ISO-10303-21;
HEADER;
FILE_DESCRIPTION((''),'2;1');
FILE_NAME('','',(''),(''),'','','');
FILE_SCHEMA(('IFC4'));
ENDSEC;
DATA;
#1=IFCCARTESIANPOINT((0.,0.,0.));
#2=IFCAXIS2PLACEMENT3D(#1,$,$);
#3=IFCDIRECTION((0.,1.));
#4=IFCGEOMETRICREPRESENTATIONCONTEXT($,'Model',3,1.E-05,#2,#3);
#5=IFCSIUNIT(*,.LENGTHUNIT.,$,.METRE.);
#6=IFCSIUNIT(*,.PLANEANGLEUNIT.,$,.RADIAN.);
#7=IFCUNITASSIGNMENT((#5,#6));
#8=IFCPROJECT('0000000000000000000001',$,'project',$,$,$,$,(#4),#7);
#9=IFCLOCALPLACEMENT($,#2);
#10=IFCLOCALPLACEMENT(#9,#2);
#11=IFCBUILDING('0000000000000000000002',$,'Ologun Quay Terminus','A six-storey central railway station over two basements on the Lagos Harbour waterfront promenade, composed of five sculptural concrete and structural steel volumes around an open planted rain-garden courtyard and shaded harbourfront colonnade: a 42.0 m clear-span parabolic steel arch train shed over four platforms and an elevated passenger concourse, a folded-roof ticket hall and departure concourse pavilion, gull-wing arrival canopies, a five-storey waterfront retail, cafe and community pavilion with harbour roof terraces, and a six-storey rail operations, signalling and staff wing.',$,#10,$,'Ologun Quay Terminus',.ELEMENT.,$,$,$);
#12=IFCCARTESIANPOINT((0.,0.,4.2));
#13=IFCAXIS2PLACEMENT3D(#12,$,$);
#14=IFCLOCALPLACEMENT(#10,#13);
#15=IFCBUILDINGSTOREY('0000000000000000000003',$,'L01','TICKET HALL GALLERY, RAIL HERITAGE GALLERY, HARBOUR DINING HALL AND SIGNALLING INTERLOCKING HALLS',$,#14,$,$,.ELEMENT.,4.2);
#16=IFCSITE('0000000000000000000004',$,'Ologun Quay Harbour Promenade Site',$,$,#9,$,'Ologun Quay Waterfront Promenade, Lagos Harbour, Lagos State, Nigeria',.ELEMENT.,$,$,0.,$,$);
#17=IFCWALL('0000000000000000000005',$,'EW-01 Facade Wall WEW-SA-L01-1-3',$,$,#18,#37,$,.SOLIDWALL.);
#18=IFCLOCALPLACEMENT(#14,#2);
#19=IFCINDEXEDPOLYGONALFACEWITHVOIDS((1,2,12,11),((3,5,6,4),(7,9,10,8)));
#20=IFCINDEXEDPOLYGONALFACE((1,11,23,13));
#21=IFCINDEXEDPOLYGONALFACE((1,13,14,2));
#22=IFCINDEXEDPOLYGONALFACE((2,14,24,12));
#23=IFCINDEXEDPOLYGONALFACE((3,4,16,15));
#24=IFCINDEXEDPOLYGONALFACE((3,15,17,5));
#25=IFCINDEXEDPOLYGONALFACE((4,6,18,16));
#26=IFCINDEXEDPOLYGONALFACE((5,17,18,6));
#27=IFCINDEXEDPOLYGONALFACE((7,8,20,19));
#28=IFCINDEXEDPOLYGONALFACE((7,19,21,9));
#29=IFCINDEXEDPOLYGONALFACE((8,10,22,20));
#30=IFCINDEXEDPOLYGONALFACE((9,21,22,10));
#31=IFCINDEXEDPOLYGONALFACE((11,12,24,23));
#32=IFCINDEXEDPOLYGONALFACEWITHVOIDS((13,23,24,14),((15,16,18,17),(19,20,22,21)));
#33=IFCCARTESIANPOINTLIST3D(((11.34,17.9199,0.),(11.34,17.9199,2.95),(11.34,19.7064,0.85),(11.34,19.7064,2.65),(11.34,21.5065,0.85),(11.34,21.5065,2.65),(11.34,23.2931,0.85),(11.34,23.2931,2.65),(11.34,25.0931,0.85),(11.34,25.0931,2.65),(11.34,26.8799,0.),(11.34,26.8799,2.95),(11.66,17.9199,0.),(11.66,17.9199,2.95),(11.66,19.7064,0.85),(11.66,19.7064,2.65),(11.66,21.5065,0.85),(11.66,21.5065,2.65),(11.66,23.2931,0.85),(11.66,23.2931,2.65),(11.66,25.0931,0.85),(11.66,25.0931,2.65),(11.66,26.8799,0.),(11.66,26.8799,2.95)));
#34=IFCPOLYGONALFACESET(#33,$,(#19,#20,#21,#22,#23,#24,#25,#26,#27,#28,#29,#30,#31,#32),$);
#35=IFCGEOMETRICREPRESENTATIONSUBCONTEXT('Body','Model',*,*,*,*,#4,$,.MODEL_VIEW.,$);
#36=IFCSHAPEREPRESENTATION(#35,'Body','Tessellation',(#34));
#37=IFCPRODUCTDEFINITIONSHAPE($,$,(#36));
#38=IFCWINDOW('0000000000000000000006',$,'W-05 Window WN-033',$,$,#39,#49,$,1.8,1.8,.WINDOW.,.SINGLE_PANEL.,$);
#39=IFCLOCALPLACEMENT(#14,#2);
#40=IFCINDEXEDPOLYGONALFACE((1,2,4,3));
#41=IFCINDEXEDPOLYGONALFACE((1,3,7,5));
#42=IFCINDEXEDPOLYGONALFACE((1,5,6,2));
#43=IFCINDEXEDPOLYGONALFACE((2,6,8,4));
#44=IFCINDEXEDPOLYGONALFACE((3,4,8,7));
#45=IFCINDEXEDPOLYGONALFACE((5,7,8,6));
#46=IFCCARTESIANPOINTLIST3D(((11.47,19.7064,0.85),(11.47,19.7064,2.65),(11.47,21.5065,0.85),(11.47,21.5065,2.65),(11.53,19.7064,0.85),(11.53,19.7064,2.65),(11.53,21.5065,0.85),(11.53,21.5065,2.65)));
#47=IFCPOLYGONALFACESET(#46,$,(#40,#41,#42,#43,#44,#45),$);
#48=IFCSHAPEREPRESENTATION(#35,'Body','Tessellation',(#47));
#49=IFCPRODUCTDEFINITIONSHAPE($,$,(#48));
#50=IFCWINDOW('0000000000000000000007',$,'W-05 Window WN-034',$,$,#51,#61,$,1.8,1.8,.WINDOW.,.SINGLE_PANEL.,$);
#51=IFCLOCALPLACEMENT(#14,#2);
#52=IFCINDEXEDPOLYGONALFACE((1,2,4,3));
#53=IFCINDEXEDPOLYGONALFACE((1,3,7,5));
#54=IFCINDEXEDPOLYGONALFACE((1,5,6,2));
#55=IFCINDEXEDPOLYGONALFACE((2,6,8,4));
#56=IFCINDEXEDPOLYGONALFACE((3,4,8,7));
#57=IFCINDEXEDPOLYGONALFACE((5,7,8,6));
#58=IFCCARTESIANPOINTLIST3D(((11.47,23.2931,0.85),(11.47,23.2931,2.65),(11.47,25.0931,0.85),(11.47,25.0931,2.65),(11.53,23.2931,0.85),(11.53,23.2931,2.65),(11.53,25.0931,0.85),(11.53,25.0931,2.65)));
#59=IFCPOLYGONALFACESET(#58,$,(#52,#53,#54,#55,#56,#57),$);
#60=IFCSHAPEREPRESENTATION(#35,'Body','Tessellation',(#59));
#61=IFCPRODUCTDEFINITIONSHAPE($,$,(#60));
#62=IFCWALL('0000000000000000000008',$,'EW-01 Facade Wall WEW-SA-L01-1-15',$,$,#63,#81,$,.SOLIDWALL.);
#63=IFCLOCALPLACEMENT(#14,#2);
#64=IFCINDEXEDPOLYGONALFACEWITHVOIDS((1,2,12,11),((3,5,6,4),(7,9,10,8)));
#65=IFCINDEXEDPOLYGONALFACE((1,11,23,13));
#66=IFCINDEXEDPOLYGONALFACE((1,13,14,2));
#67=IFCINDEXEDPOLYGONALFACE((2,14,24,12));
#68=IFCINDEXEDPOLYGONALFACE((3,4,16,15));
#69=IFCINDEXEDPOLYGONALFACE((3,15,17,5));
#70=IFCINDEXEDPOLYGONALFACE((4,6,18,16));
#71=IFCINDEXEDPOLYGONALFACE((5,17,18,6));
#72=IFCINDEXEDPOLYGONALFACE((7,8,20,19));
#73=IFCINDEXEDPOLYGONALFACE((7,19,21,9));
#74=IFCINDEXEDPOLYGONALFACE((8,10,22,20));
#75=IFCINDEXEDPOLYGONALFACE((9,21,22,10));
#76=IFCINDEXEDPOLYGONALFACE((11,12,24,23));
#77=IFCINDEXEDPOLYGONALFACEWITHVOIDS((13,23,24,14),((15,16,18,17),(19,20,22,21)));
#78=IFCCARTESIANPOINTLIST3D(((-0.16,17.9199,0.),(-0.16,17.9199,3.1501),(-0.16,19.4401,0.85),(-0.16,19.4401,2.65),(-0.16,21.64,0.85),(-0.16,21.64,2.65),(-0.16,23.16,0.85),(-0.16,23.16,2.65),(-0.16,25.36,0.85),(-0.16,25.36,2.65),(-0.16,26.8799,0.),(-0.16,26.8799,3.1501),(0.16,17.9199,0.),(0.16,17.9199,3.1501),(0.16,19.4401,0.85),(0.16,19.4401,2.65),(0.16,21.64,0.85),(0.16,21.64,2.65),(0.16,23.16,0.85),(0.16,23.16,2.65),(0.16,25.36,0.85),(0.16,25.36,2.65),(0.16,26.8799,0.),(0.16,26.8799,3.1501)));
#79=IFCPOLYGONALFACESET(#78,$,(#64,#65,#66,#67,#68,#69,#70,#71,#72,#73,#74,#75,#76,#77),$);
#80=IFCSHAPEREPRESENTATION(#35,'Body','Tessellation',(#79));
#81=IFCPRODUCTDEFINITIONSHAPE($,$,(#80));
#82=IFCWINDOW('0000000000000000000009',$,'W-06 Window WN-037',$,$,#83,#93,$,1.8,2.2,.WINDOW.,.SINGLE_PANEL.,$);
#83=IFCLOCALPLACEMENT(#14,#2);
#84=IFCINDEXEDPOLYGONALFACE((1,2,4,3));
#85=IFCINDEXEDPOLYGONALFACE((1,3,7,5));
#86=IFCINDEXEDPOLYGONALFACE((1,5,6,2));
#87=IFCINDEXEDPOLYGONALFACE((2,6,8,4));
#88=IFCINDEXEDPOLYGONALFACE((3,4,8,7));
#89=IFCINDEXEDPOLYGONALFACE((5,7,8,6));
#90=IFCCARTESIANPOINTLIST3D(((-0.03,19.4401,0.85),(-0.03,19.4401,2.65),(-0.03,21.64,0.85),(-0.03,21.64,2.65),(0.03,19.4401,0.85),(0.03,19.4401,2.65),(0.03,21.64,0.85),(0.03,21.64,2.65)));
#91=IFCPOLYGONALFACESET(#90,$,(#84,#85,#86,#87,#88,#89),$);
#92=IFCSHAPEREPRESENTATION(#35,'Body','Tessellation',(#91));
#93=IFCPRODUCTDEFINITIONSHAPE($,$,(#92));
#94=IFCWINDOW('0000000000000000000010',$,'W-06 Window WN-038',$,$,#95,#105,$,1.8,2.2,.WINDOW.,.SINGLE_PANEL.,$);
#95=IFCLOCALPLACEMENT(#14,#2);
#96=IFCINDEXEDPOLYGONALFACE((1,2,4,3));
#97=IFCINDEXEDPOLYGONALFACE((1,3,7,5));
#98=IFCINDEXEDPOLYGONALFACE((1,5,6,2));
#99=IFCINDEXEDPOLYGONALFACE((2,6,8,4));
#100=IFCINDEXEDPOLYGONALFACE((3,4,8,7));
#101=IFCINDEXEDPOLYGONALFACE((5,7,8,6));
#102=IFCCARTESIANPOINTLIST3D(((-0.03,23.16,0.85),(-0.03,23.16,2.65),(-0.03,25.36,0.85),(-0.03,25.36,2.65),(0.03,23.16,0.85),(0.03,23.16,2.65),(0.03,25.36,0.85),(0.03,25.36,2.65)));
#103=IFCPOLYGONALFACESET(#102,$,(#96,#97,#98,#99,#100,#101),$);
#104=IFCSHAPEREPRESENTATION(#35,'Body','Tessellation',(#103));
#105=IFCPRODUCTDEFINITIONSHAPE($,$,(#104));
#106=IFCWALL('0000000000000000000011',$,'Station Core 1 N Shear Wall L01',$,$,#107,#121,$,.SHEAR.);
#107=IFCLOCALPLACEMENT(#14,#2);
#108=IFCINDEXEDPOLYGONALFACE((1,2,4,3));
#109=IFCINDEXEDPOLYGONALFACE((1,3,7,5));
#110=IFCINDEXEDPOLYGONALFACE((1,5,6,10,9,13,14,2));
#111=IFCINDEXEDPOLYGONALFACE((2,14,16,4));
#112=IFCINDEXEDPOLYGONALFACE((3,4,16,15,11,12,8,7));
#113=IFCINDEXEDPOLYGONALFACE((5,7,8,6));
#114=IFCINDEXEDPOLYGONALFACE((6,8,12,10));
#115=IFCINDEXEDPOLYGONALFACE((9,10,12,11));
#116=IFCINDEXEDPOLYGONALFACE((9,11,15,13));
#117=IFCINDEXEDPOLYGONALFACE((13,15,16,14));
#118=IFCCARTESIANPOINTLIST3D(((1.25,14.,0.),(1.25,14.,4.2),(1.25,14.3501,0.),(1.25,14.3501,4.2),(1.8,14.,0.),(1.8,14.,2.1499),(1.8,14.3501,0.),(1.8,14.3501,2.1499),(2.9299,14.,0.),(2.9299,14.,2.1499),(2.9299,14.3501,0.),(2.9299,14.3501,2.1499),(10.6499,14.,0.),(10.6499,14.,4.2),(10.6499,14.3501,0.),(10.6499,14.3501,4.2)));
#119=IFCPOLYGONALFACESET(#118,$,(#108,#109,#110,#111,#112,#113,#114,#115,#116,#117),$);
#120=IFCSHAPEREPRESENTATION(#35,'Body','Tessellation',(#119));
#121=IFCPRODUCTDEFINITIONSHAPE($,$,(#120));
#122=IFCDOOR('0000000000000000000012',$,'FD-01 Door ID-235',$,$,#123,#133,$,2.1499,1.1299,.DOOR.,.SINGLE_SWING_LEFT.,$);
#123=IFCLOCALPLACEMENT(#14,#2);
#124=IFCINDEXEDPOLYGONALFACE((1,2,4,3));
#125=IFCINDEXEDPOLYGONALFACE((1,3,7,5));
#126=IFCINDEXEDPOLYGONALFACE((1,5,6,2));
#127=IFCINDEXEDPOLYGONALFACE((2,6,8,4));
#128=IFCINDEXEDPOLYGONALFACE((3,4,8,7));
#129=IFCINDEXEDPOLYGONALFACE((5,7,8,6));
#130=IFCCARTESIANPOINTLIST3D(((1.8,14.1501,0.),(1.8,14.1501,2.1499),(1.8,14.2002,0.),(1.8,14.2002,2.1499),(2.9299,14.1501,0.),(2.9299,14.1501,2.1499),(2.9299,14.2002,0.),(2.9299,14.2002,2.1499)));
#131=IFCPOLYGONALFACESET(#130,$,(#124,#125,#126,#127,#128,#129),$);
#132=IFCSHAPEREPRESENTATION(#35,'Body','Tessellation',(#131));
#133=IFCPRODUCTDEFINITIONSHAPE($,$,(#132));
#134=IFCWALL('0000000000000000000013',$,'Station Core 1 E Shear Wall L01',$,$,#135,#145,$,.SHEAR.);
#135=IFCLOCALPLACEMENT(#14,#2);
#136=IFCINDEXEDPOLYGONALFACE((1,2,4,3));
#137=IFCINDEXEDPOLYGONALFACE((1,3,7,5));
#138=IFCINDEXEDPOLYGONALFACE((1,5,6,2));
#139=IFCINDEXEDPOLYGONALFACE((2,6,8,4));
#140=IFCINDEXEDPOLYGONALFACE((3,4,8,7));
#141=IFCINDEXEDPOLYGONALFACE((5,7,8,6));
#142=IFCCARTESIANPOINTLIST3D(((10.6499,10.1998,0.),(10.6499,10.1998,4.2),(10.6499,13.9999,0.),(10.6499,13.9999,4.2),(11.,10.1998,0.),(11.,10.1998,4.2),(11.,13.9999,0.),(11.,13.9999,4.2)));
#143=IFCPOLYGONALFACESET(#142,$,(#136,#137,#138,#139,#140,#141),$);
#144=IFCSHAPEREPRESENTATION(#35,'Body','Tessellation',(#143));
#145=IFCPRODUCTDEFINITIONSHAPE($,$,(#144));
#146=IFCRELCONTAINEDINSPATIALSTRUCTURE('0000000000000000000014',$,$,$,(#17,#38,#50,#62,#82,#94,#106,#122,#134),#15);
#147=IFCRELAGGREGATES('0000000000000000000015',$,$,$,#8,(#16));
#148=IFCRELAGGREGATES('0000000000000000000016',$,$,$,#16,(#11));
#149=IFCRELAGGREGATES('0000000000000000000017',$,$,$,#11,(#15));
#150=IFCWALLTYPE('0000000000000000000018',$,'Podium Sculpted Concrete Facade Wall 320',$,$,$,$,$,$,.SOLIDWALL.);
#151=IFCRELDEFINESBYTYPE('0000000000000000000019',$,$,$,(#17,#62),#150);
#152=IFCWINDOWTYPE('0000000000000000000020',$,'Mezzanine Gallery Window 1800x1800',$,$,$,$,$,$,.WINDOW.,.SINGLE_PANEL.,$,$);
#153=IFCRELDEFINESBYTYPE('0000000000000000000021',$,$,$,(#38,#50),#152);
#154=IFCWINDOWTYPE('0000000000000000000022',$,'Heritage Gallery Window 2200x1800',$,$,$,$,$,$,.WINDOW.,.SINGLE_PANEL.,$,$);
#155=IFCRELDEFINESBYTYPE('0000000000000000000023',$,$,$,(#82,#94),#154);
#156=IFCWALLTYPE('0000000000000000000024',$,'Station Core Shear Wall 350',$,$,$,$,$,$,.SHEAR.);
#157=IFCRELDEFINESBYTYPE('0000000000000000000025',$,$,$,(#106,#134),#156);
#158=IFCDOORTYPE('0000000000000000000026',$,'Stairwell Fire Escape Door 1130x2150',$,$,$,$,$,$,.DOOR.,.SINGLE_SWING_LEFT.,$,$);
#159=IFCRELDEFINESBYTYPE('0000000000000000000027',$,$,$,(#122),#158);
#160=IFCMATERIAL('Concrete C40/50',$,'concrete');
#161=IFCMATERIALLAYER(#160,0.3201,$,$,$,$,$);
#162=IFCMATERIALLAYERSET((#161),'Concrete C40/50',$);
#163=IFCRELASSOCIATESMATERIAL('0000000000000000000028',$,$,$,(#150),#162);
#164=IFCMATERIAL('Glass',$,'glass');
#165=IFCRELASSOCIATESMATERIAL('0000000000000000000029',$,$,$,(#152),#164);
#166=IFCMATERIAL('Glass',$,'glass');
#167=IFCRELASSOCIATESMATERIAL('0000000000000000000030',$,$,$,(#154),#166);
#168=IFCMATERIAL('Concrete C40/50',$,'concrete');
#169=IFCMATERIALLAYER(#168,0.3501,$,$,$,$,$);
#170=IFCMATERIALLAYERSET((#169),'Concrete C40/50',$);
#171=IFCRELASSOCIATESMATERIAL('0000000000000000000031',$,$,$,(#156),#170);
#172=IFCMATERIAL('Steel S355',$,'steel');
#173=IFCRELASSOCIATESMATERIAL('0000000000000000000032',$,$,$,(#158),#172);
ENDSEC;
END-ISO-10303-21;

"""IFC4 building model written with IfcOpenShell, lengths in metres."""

from ifc_helpers import new_model, si_unit, direction, frame, frame_2d, origin, place, context, subcontext, project, spatial, rectangle, extrude, material, layer, layer_set, type_object, element, fill, save


model = new_model("IFC4")

# Units and contexts
model_context = context("Model", 3, precision=1e-05, world=origin(), true_north=direction((0.0, 1.0)))
body_context = subcontext(model_context, "Body", "Model", "MODEL_VIEW")
ifc_project = project(units=[si_unit("LENGTHUNIT", "METRE"), si_unit("PLANEANGLEUNIT", "RADIAN")], contexts=[model_context])

# Site, building, storey
site_placement = place(None, origin())
site = spatial("IfcSite", under=ifc_project, at=site_placement, Name="Ologun Quay Harbour Promenade Site", LongName="Ologun Quay Waterfront Promenade, Lagos Harbour, Lagos State, Nigeria", CompositionType="ELEMENT", RefElevation=0.0)
building_placement = place(site_placement, origin())
building = spatial("IfcBuilding", under=site, at=building_placement, Name="Ologun Quay Terminus", Description="A six-storey central railway station over two basements on the Lagos Harbour waterfront promenade, composed of five sculptural concrete and structural steel volumes around an open planted rain-garden courtyard and shaded harbourfront colonnade: a 42.0 m clear-span parabolic steel arch train shed over four platforms and an elevated passenger concourse, a folded-roof ticket hall and departure concourse pavilion, gull-wing arrival canopies, a five-storey waterfront retail, cafe and community pavilion with harbour roof terraces, and a six-storey rail operations, signalling and staff wing.", LongName="Ologun Quay Terminus", CompositionType="ELEMENT")
storey_placement = place(building_placement, frame((0.0, 0.0, 4.2)))
storey = spatial("IfcBuildingStorey", under=building, at=storey_placement, Name="L01", Description="TICKET HALL GALLERY, RAIL HERITAGE GALLERY, HARBOUR DINING HALL AND SIGNALLING INTERLOCKING HALLS", CompositionType="ELEMENT", Elevation=4.2)

# Walls, openings, windows
ifc_material_1 = material(Name="Concrete C40/50", Category="concrete")
ifc_layer_1 = layer(ifc_material_1, 0.3201)
ifc_layer_set_1 = layer_set([ifc_layer_1], Name="Concrete C40/50")
wall_type_1 = type_object("IfcWallType", Name="Podium Sculpted Concrete Facade Wall 320", PredefinedType="SOLIDWALL", material=ifc_layer_set_1)
wall_1_placement = place(storey_placement, frame((11.5, 17.9199, 0.0), z_axis=(0.0, 0.0, 1.0), x_axis=(0.0, 1.0, 0.0)))
wall_1 = element("IfcWall", 1, at=wall_1_placement, inside=storey, type_object=wall_type_1, Name="EW-01 Facade Wall WEW-SA-L01-1-3", PredefinedType="SOLIDWALL", context=body_context, shape_type="SweptSolid", body=[
    extrude(rectangle(XDim=8.96, YDim=0.3201, at=frame_2d((4.48, 0.0))), origin(), (0.0, 0.0, 1.0), 2.95),
])
opening_1_placement = place(wall_1_placement, frame((1.7866, 0.0, 0.8501)))
opening_1 = element("IfcOpeningElement", 2, at=opening_1_placement, cuts=wall_1, PredefinedType="OPENING", context=body_context, shape_type="SweptSolid", body=[
    extrude(rectangle(XDim=1.8, YDim=1.8, at=frame_2d((0.8999, 0.8999))), frame((0.0, 0.1699, 0.0), z_axis=(0.0, -1.0, 0.0), x_axis=(1.0, 0.0, 0.0)), (0.0, 0.0, 1.0), 0.3401),
])
opening_2_placement = place(wall_1_placement, frame((5.3733, 0.0, 0.8501)))
opening_2 = element("IfcOpeningElement", 3, at=opening_2_placement, cuts=wall_1, PredefinedType="OPENING", context=body_context, shape_type="SweptSolid", body=[
    extrude(rectangle(XDim=1.8, YDim=1.8, at=frame_2d((0.8999, 0.8999))), frame((0.0, 0.1699, 0.0), z_axis=(0.0, -1.0, 0.0), x_axis=(1.0, 0.0, 0.0)), (0.0, 0.0, 1.0), 0.3401),
])
ifc_material_2 = material(Name="Glass", Category="glass")
window_type_1 = type_object("IfcWindowType", Name="Mezzanine Gallery Window 1800x1800", PartitioningType="SINGLE_PANEL", PredefinedType="WINDOW", material=ifc_material_2)
window_1_placement = place(opening_1_placement, origin())
window_1 = element("IfcWindow", 4, at=window_1_placement, inside=storey, type_object=window_type_1, Name="W-05 Window WN-033", OverallHeight=1.8, OverallWidth=1.8, PartitioningType="SINGLE_PANEL", PredefinedType="WINDOW", context=body_context, shape_type="SweptSolid", body=[
    extrude(rectangle(XDim=1.8, YDim=1.8, at=frame_2d((0.8999, 0.8999))), frame((0.0, 0.03, 0.0), z_axis=(0.0, -1.0, 0.0), x_axis=(1.0, 0.0, 0.0)), (0.0, 0.0, 1.0), 0.0601),
])
fill(opening_1, window_1)
window_2_placement = place(opening_2_placement, origin())
window_2 = element("IfcWindow", 5, at=window_2_placement, inside=storey, type_object=window_type_1, Name="W-05 Window WN-034", OverallHeight=1.8, OverallWidth=1.8, PartitioningType="SINGLE_PANEL", PredefinedType="WINDOW", context=body_context, shape_type="SweptSolid", body=[
    extrude(rectangle(XDim=1.8, YDim=1.8, at=frame_2d((0.8999, 0.8999))), frame((0.0, 0.03, 0.0), z_axis=(0.0, -1.0, 0.0), x_axis=(1.0, 0.0, 0.0)), (0.0, 0.0, 1.0), 0.0601),
])
fill(opening_2, window_2)
wall_2_placement = place(storey_placement, frame((0.0, 17.9199, 0.0), z_axis=(0.0, 0.0, 1.0), x_axis=(0.0, 1.0, 0.0)))
wall_2 = element("IfcWall", 6, at=wall_2_placement, inside=storey, type_object=wall_type_1, Name="EW-01 Facade Wall WEW-SA-L01-1-15", PredefinedType="SOLIDWALL", context=body_context, shape_type="SweptSolid", body=[
    extrude(rectangle(XDim=8.96, YDim=0.3201, at=frame_2d((4.48, 0.0))), origin(), (0.0, 0.0, 1.0), 3.1501),
])
opening_3_placement = place(wall_2_placement, frame((1.52, 0.0, 0.8501)))
opening_3 = element("IfcOpeningElement", 7, at=opening_3_placement, cuts=wall_2, PredefinedType="OPENING", context=body_context, shape_type="SweptSolid", body=[
    extrude(rectangle(XDim=2.2, YDim=1.8, at=frame_2d((1.1001, 0.8999))), frame((0.0, 0.1699, 0.0), z_axis=(0.0, -1.0, 0.0), x_axis=(1.0, 0.0, 0.0)), (0.0, 0.0, 1.0), 0.3401),
])
opening_4_placement = place(wall_2_placement, frame((5.24, 0.0, 0.8501)))
opening_4 = element("IfcOpeningElement", 8, at=opening_4_placement, cuts=wall_2, PredefinedType="OPENING", context=body_context, shape_type="SweptSolid", body=[
    extrude(rectangle(XDim=2.2, YDim=1.8, at=frame_2d((1.1001, 0.8999))), frame((0.0, 0.1699, 0.0), z_axis=(0.0, -1.0, 0.0), x_axis=(1.0, 0.0, 0.0)), (0.0, 0.0, 1.0), 0.3401),
])
ifc_material_3 = material(Name="Glass", Category="glass")
window_type_2 = type_object("IfcWindowType", Name="Heritage Gallery Window 2200x1800", PartitioningType="SINGLE_PANEL", PredefinedType="WINDOW", material=ifc_material_3)
window_3_placement = place(opening_3_placement, origin())
window_3 = element("IfcWindow", 9, at=window_3_placement, inside=storey, type_object=window_type_2, Name="W-06 Window WN-037", OverallHeight=1.8, OverallWidth=2.2, PartitioningType="SINGLE_PANEL", PredefinedType="WINDOW", context=body_context, shape_type="SweptSolid", body=[
    extrude(rectangle(XDim=2.2, YDim=1.8, at=frame_2d((1.1001, 0.8999))), frame((0.0, 0.03, 0.0), z_axis=(0.0, -1.0, 0.0), x_axis=(1.0, 0.0, 0.0)), (0.0, 0.0, 1.0), 0.0601),
])
fill(opening_3, window_3)
window_4_placement = place(opening_4_placement, origin())
window_4 = element("IfcWindow", 10, at=window_4_placement, inside=storey, type_object=window_type_2, Name="W-06 Window WN-038", OverallHeight=1.8, OverallWidth=2.2, PartitioningType="SINGLE_PANEL", PredefinedType="WINDOW", context=body_context, shape_type="SweptSolid", body=[
    extrude(rectangle(XDim=2.2, YDim=1.8, at=frame_2d((1.1001, 0.8999))), frame((0.0, 0.03, 0.0), z_axis=(0.0, -1.0, 0.0), x_axis=(1.0, 0.0, 0.0)), (0.0, 0.0, 1.0), 0.0601),
])
fill(opening_4, window_4)

# Wall, opening, door
ifc_material_4 = material(Name="Concrete C40/50", Category="concrete")
ifc_layer_2 = layer(ifc_material_4, 0.3501)
ifc_layer_set_2 = layer_set([ifc_layer_2], Name="Concrete C40/50")
wall_type_2 = type_object("IfcWallType", Name="Station Core Shear Wall 350", PredefinedType="SHEAR", material=ifc_layer_set_2)
wall_3_placement = place(storey_placement, frame((1.25, 14.175, 0.0), z_axis=(0.0, 0.0, 1.0), x_axis=(1.0, 0.0, 0.0)))
wall_3 = element("IfcWall", 11, at=wall_3_placement, inside=storey, type_object=wall_type_2, Name="Station Core 1 N Shear Wall L01", PredefinedType="SHEAR", context=body_context, shape_type="SweptSolid", body=[
    extrude(rectangle(XDim=9.3999, YDim=0.3501, at=frame_2d((4.7, 0.0))), origin(), (0.0, 0.0, 1.0), 4.2),
])
opening_5_placement = place(wall_3_placement, frame((0.55, 0.0, 0.0)))
opening_5 = element("IfcOpeningElement", 12, at=opening_5_placement, cuts=wall_3, PredefinedType="OPENING", context=body_context, shape_type="SweptSolid", body=[
    extrude(rectangle(XDim=1.1299, YDim=2.1499, at=frame_2d((0.5649, 1.075))), frame((0.0, 0.1851, 0.0), z_axis=(0.0, -1.0, 0.0), x_axis=(1.0, 0.0, 0.0)), (0.0, 0.0, 1.0), 0.3701),
])
ifc_material_5 = material(Name="Steel S355", Category="steel")
door_type = type_object("IfcDoorType", Name="Stairwell Fire Escape Door 1130x2150", OperationType="SINGLE_SWING_LEFT", PredefinedType="DOOR", material=ifc_material_5)
door_placement = place(opening_5_placement, frame((0.5649, 0.0, 0.0), z_axis=(0.0, 0.0, 1.0), x_axis=(-1.0, 0.0, 0.0)))
door = element("IfcDoor", 13, at=door_placement, inside=storey, type_object=door_type, Name="FD-01 Door ID-235", OperationType="SINGLE_SWING_LEFT", OverallHeight=2.1499, OverallWidth=1.1299, PredefinedType="DOOR", context=body_context, shape_type="SweptSolid", body=[
    extrude(rectangle(XDim=1.1299, YDim=2.1499, at=frame_2d((0.0, 1.075))), frame((0.0, 0.0249, 0.0), z_axis=(0.0, -1.0, 0.0), x_axis=(1.0, 0.0, 0.0)), (0.0, 0.0, 1.0), 0.05),
])
fill(opening_5, door)

# Wall
wall_4_placement = place(storey_placement, frame((10.825, 10.2, 0.0), z_axis=(0.0, 0.0, 1.0), x_axis=(0.0, 1.0, 0.0)))
element("IfcWall", 14, at=wall_4_placement, inside=storey, type_object=wall_type_2, Name="Station Core 1 E Shear Wall L01", PredefinedType="SHEAR", context=body_context, shape_type="SweptSolid", body=[
    extrude(rectangle(XDim=3.8, YDim=0.3501, at=frame_2d((1.8999, 0.0))), origin(), (0.0, 0.0, 1.0), 4.2),
])

save(model, "model.ifc")
